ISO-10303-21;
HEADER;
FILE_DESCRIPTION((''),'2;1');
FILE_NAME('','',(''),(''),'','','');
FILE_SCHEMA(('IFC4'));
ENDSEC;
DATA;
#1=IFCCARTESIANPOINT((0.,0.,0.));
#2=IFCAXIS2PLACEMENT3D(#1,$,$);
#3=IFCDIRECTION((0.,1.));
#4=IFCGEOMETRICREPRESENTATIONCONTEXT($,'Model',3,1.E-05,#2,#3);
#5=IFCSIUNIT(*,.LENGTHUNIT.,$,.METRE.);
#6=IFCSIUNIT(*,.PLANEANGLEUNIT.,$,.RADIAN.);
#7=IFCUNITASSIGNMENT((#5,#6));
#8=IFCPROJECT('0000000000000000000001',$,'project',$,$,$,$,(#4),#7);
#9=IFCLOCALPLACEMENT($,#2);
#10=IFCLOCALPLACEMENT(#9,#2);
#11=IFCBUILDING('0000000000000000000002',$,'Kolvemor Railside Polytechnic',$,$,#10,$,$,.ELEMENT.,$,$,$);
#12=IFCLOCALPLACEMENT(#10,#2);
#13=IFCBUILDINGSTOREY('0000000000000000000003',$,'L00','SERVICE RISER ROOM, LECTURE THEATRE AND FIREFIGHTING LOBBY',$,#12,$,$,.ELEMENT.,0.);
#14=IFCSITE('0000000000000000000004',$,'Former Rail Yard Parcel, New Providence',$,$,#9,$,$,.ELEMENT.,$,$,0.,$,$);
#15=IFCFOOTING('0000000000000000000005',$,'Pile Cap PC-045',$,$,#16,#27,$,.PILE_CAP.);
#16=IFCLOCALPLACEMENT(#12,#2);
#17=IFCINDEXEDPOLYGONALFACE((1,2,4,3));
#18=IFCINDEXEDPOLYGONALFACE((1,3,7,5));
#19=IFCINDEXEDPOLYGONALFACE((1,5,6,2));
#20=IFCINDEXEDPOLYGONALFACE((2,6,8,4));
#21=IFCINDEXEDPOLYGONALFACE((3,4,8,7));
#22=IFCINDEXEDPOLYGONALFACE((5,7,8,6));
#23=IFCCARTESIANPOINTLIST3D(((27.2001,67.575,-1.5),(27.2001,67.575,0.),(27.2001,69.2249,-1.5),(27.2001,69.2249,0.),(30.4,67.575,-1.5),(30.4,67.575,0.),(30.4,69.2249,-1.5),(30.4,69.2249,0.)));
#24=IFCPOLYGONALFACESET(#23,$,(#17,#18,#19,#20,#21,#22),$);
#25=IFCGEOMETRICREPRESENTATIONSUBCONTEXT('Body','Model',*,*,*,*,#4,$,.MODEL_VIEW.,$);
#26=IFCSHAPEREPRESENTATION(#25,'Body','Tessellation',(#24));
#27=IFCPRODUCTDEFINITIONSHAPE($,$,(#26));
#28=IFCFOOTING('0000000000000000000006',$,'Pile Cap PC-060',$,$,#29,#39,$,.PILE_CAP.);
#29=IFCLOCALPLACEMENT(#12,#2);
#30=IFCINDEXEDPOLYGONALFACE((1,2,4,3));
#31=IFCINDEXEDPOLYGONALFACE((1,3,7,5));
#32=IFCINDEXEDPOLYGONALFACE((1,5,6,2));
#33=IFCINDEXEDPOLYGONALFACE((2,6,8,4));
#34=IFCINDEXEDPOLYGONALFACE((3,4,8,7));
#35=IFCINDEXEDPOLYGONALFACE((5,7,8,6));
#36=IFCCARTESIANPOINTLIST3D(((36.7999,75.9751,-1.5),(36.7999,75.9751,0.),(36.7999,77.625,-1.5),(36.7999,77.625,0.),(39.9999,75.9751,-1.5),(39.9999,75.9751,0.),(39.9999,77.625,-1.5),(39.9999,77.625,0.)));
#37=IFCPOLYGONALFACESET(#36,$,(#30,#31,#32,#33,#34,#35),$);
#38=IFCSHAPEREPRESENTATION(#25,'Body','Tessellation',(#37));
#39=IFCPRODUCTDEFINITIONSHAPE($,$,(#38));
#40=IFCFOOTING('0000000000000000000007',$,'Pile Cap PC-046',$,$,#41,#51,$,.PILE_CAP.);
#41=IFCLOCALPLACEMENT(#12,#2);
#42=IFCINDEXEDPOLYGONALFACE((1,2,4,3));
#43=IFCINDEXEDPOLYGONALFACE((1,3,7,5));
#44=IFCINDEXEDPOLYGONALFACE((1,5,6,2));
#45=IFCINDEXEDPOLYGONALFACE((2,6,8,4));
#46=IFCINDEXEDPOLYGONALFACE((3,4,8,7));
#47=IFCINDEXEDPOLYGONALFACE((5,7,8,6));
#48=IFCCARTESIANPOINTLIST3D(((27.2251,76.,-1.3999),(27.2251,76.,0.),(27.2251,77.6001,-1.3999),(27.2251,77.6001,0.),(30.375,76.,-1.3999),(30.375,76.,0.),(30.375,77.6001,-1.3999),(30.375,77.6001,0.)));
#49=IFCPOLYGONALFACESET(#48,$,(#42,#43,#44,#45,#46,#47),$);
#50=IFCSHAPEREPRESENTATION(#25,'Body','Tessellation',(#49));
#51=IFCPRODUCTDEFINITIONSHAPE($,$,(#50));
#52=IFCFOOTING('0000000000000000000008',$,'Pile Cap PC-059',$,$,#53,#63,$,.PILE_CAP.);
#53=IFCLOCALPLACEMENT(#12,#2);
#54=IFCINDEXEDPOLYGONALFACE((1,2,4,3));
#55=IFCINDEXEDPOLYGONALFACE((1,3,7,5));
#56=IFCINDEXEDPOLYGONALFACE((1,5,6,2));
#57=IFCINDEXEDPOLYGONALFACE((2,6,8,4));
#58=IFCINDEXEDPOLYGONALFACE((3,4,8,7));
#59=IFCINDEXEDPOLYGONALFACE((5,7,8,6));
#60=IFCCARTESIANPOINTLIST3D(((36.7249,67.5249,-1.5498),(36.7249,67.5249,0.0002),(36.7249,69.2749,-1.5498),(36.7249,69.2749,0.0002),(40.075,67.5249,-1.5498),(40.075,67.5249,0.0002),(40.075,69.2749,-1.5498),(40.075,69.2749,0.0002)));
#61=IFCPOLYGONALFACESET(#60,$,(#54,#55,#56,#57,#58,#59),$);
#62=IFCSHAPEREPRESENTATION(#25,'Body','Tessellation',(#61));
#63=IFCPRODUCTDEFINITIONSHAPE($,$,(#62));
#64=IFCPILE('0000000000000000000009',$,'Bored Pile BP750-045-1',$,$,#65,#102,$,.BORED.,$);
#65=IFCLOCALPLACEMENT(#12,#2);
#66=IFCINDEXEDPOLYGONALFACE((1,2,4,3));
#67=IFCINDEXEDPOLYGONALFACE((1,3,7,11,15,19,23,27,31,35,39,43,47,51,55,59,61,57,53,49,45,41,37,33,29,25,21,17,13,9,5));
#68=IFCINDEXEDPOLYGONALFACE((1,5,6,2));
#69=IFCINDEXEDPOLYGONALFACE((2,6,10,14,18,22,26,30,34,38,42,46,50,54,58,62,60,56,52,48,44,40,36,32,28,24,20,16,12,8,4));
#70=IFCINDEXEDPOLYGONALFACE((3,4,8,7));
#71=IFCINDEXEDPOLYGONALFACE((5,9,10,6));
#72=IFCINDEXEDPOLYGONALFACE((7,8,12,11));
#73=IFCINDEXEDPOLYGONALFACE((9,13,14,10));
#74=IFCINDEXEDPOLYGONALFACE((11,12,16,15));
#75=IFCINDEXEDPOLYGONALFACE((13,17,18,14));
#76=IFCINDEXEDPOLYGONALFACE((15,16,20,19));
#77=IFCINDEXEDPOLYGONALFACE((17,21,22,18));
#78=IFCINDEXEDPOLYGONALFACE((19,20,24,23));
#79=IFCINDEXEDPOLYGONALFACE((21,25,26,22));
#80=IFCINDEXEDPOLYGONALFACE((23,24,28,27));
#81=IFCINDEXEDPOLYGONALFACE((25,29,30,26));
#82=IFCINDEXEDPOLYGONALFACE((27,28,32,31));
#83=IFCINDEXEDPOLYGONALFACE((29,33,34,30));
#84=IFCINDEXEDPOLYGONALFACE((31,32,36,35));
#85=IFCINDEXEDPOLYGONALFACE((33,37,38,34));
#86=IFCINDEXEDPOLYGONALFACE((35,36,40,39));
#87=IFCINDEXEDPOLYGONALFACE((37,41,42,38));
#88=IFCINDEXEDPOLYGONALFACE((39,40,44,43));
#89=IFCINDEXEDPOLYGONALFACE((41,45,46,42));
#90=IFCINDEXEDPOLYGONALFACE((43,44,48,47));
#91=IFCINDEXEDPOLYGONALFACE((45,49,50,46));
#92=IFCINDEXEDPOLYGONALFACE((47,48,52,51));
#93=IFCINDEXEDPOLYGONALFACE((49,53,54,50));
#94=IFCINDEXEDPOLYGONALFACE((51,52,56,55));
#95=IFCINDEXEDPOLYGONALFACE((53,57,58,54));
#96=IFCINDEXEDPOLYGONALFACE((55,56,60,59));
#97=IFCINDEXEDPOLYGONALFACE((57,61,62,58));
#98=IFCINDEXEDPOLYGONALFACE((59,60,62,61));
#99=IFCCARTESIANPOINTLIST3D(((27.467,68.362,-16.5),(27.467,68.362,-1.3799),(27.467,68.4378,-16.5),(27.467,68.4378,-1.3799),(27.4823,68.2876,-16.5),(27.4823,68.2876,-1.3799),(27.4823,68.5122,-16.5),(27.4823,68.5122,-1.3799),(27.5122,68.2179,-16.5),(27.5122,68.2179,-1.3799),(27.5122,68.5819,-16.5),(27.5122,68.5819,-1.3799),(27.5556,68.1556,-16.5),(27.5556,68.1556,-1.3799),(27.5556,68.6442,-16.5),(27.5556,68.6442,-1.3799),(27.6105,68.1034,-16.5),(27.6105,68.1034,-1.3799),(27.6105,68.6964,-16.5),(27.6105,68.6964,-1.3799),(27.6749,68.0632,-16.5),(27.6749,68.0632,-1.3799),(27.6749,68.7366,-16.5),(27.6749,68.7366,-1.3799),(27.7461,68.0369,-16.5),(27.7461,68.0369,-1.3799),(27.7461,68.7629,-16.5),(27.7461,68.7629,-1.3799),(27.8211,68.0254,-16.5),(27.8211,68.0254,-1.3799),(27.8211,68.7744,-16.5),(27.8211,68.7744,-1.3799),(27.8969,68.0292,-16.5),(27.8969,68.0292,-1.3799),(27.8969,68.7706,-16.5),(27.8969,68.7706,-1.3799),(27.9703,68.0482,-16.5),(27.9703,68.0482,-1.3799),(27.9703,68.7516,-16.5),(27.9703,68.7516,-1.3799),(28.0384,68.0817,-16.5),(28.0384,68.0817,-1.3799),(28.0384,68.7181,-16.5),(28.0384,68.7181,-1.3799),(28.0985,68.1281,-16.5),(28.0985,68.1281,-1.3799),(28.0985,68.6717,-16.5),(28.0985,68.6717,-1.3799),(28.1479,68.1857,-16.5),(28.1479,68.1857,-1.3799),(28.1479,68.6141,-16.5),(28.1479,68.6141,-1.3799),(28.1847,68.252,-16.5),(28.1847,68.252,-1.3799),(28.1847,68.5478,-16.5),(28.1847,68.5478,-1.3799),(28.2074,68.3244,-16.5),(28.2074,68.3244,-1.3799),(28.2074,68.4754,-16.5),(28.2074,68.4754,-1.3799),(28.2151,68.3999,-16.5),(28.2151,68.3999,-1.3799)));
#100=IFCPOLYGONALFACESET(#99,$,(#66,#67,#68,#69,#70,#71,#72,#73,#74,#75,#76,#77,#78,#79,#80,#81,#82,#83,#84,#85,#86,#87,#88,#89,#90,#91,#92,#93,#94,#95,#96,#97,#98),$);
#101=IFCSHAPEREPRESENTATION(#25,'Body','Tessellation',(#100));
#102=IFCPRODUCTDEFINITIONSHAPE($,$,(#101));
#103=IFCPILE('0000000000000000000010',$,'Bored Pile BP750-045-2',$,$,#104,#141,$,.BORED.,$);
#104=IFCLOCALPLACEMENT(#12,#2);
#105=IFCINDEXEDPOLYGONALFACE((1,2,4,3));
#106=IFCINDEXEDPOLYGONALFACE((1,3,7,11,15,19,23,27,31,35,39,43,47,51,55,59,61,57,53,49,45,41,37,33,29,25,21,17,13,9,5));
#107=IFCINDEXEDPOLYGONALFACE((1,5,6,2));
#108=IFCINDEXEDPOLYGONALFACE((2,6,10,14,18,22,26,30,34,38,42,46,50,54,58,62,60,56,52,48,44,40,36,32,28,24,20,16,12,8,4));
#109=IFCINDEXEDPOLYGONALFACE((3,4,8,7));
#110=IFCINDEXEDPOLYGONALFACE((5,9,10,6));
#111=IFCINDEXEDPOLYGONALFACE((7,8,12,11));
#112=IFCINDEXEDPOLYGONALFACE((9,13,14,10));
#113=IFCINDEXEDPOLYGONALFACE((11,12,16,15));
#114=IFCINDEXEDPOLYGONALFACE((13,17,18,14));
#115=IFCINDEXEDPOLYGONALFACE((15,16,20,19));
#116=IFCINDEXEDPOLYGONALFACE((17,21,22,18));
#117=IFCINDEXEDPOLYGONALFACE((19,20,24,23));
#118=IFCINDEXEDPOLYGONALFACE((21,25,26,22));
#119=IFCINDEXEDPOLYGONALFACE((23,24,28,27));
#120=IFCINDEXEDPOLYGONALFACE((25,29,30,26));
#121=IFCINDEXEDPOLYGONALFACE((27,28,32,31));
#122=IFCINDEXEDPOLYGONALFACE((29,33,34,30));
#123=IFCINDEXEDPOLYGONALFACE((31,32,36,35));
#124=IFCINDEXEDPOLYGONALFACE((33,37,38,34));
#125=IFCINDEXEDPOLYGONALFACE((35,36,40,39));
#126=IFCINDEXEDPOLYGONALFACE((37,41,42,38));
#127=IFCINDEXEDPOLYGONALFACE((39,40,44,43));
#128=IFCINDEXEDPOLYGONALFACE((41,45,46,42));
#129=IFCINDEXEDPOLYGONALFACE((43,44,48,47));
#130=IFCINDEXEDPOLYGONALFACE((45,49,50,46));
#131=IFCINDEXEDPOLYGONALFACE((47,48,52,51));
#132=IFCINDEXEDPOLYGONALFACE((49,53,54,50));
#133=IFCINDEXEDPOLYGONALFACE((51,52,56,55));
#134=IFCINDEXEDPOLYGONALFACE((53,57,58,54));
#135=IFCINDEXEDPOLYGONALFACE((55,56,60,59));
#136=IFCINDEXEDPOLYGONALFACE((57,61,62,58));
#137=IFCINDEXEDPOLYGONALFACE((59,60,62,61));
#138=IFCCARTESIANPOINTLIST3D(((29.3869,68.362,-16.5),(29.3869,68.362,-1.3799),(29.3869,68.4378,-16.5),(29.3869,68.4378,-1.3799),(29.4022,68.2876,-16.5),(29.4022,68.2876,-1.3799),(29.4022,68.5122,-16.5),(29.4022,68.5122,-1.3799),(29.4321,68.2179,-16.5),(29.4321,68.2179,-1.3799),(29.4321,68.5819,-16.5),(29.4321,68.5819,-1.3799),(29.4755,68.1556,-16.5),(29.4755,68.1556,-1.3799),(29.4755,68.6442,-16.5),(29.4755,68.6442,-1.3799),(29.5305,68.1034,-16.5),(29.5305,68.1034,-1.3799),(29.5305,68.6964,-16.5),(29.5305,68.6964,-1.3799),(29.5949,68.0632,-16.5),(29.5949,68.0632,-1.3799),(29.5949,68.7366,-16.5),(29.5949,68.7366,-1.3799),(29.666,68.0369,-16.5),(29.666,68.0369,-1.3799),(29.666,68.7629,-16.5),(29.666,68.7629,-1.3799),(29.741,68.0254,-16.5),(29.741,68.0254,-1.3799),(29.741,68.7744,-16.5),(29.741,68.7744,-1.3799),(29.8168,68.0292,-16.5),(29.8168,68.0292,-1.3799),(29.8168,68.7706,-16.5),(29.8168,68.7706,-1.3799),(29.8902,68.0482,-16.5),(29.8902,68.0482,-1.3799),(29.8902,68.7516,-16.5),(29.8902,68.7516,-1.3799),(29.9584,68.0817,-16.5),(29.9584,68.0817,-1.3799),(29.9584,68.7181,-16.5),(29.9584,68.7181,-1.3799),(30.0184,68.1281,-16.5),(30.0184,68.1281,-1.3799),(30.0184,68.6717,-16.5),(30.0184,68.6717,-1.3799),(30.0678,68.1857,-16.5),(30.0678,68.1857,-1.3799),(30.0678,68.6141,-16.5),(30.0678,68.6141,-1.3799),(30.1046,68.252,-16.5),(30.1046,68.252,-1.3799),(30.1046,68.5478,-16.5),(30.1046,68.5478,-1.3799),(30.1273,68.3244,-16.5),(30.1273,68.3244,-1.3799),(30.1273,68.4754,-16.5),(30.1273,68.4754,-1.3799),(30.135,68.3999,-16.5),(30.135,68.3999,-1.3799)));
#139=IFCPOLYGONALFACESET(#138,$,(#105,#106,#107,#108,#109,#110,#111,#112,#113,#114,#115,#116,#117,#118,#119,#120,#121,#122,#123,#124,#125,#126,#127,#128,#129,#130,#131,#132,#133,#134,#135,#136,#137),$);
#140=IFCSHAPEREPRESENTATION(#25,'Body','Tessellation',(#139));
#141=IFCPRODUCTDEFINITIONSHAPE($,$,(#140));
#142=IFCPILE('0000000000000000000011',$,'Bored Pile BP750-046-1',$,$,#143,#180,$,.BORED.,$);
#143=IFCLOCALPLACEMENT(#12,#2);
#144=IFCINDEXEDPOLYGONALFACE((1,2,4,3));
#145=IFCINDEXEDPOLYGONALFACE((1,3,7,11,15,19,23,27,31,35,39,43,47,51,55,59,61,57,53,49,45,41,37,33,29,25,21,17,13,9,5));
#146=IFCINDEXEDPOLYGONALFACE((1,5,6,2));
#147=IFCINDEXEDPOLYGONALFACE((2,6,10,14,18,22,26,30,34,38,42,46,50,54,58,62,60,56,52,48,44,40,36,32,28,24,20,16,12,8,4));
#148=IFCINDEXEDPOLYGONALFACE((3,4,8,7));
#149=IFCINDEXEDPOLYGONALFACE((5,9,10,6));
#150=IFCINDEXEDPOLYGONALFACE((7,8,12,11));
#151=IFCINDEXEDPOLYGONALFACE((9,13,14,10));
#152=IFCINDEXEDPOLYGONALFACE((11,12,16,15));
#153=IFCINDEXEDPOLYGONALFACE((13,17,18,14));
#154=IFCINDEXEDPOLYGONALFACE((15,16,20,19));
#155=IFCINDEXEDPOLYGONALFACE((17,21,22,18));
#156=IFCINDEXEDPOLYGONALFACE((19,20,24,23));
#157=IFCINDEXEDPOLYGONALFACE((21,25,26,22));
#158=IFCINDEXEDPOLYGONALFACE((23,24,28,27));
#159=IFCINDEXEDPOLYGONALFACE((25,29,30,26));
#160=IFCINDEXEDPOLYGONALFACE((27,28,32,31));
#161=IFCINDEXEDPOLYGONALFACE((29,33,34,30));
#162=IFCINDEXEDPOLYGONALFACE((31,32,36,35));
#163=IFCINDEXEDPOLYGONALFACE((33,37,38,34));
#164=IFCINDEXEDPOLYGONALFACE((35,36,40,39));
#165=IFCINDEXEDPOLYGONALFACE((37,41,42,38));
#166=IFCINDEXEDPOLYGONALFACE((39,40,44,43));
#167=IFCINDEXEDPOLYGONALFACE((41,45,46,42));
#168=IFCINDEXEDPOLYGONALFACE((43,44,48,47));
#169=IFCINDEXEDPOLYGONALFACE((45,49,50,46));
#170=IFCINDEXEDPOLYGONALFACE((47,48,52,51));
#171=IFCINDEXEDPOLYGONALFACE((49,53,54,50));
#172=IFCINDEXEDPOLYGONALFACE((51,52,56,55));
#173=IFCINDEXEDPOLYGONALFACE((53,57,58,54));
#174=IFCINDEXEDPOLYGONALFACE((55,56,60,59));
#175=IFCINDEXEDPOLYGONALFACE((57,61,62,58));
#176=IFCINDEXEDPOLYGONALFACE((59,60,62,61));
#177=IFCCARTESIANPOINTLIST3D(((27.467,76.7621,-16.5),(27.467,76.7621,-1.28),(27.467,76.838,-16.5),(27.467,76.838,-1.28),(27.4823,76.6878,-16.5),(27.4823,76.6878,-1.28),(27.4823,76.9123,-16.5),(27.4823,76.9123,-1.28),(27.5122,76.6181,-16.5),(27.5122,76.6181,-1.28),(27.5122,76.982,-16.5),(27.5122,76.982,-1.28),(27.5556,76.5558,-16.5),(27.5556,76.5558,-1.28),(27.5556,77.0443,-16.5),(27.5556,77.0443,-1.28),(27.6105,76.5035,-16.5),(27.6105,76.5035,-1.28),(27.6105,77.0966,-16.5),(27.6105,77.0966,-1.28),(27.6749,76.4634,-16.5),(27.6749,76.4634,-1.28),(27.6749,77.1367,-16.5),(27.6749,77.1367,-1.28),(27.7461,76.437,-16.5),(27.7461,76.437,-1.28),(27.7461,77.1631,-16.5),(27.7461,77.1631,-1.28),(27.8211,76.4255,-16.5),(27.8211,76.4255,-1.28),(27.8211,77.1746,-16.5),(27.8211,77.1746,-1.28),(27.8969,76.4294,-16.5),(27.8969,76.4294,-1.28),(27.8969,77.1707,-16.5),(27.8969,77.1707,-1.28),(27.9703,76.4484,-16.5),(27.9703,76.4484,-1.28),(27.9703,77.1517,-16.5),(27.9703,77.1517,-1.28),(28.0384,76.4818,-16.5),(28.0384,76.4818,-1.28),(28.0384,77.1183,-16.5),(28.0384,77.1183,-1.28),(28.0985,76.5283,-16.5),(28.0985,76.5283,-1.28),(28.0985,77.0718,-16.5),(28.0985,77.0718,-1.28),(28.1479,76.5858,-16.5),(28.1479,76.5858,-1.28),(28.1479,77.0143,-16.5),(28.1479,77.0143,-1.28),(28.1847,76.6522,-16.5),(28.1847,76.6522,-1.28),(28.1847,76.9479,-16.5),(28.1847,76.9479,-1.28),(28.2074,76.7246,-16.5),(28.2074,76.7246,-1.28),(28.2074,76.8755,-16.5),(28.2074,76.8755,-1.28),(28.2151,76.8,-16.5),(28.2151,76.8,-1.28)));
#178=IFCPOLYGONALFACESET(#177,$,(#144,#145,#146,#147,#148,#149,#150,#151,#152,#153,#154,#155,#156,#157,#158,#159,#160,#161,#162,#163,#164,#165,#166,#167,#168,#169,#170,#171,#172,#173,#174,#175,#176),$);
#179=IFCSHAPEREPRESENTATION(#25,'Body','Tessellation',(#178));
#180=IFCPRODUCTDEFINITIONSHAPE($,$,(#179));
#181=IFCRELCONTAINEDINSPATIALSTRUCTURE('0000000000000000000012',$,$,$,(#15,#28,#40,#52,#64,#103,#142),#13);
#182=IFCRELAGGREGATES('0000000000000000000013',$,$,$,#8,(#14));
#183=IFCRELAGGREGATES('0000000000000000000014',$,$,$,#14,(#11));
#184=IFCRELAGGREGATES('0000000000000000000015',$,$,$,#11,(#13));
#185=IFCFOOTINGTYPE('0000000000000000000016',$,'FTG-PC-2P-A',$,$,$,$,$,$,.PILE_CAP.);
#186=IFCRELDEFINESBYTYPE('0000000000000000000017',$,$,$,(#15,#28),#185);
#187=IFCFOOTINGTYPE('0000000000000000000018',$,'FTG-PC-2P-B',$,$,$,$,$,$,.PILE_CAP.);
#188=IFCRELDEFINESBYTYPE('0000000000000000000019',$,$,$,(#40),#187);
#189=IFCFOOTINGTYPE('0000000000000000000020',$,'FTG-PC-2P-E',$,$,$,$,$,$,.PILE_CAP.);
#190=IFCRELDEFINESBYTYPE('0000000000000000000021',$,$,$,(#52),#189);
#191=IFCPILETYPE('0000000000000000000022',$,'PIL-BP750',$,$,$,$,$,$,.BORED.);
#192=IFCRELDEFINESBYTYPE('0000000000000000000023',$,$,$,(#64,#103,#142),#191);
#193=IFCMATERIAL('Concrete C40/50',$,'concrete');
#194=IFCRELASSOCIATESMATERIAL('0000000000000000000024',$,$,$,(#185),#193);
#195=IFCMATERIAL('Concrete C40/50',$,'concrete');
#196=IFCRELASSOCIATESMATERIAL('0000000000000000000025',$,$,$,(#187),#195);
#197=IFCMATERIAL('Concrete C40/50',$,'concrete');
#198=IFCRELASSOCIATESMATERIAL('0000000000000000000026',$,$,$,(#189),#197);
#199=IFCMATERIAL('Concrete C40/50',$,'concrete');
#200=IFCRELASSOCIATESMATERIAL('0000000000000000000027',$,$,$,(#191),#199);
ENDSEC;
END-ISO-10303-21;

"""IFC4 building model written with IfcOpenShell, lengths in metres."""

from ifc_helpers import new_model, si_unit, direction, frame, origin, origin_2d, place, context, subcontext, project, spatial, rectangle, circle, extrude, material, material_profile, profile_set, type_object, element, save


model = new_model("IFC4")

# Units and contexts
model_context = context("Model", 3, precision=1e-05, world=origin(), true_north=direction((0.0, 1.0)))
body_context = subcontext(model_context, "Body", "Model", "MODEL_VIEW")
ifc_project = project(units=[si_unit("LENGTHUNIT", "METRE"), si_unit("PLANEANGLEUNIT", "RADIAN")], contexts=[model_context])

# Site, building, storey
site_placement = place(None, origin())
site = spatial("IfcSite", under=ifc_project, at=site_placement, Name="Former Rail Yard Parcel, New Providence", CompositionType="ELEMENT", RefElevation=0.0)
building_placement = place(site_placement, origin())
building = spatial("IfcBuilding", under=site, at=building_placement, Name="Kolvemor Railside Polytechnic", CompositionType="ELEMENT")
storey_placement = place(building_placement, origin())
storey = spatial("IfcBuildingStorey", under=building, at=storey_placement, Name="L00", Description="SERVICE RISER ROOM, LECTURE THEATRE AND FIREFIGHTING LOBBY", CompositionType="ELEMENT", Elevation=0.0)

# Footings
ifc_material_1 = material(Name="Concrete C40/50", Category="concrete")
footing_type_1 = type_object("IfcFootingType", Name="FTG-PC-2P-A", PredefinedType="PILE_CAP", material=ifc_material_1)
for number, where, z_axis, x_axis, name in (
    (1, (28.8, 68.3999, -1.5), (0.0, 0.0, 1.0), (1.0, 0.0, 0.0), "Pile Cap PC-045"),
    (2, (38.3999, 76.8, -1.5), (0.0, 0.0, 1.0), (1.0, 0.0, 0.0), "Pile Cap PC-060"),
):
    element("IfcFooting", number, at=place(storey_placement, frame(where, z_axis=z_axis, x_axis=x_axis)), inside=storey, type_object=footing_type_1, Name=name, PredefinedType="PILE_CAP", context=body_context, shape_type="SweptSolid", body=[
        extrude(rectangle(XDim=3.2, YDim=1.6499, at=origin_2d()), origin(), (0.0, 0.0, 1.0), 1.5),
    ])
ifc_material_2 = material(Name="Concrete C40/50", Category="concrete")
footing_type_2 = type_object("IfcFootingType", Name="FTG-PC-2P-B", PredefinedType="PILE_CAP", material=ifc_material_2)
footing_1_placement = place(storey_placement, frame((28.8, 76.8, -1.3999), z_axis=(0.0, 0.0, 1.0), x_axis=(1.0, 0.0, 0.0)))
element("IfcFooting", 3, at=footing_1_placement, inside=storey, type_object=footing_type_2, Name="Pile Cap PC-046", PredefinedType="PILE_CAP", context=body_context, shape_type="SweptSolid", body=[
    extrude(rectangle(XDim=3.1499, YDim=1.6001, at=origin_2d()), origin(), (0.0, 0.0, 1.0), 1.3999),
])
ifc_material_3 = material(Name="Concrete C40/50", Category="concrete")
footing_type_3 = type_object("IfcFootingType", Name="FTG-PC-2P-E", PredefinedType="PILE_CAP", material=ifc_material_3)
footing_2_placement = place(storey_placement, frame((38.3999, 68.3999, -1.5498), z_axis=(0.0, 0.0, 1.0), x_axis=(1.0, 0.0, 0.0)))
element("IfcFooting", 4, at=footing_2_placement, inside=storey, type_object=footing_type_3, Name="Pile Cap PC-059", PredefinedType="PILE_CAP", context=body_context, shape_type="SweptSolid", body=[
    extrude(rectangle(XDim=3.3501, YDim=1.75, at=origin_2d()), origin(), (0.0, 0.0, 1.0), 1.55),
])

# Piles
ifc_material_4 = material(Name="Concrete C40/50", Category="concrete")
ifc_material_profile_1 = material_profile(ifc_material_4, circle(Radius=0.375, at=origin_2d()), Name="BP750")
ifc_profile_set_1 = profile_set([ifc_material_profile_1], Name="Concrete C40/50")
pile_type = type_object("IfcPileType", Name="PIL-BP750", PredefinedType="BORED", material=ifc_profile_set_1)
for number, where, z_axis, x_axis, name in (
    (5, (27.8401, 68.3999, -1.3799), (0.0, 0.0, -1.0), (1.0, 0.0, 0.0), "Bored Pile BP750-045-1"),
    (6, (29.76, 68.3999, -1.3799), (0.0, 0.0, -1.0), (1.0, 0.0, 0.0), "Bored Pile BP750-045-2"),
):
    element("IfcPile", number, at=place(storey_placement, frame(where, z_axis=z_axis, x_axis=x_axis)), inside=storey, type_object=pile_type, Name=name, PredefinedType="BORED", context=body_context, shape_type="SweptSolid", body=[
        extrude(circle(Radius=0.375, at=origin_2d()), origin(), (0.0, 0.0, 1.0), 15.1201),
    ])
for number, where, z_axis, x_axis, name in (
    (7, (27.8401, 76.8, -1.28), (0.0, 0.0, -1.0), (1.0, 0.0, 0.0), "Bored Pile BP750-046-1"),
):
    element("IfcPile", number, at=place(storey_placement, frame(where, z_axis=z_axis, x_axis=x_axis)), inside=storey, type_object=pile_type, Name=name, PredefinedType="BORED", context=body_context, shape_type="SweptSolid", body=[
        extrude(circle(Radius=0.375, at=origin_2d()), origin(), (0.0, 0.0, 1.0), 15.22),
    ])

save(model, "model.ifc")
